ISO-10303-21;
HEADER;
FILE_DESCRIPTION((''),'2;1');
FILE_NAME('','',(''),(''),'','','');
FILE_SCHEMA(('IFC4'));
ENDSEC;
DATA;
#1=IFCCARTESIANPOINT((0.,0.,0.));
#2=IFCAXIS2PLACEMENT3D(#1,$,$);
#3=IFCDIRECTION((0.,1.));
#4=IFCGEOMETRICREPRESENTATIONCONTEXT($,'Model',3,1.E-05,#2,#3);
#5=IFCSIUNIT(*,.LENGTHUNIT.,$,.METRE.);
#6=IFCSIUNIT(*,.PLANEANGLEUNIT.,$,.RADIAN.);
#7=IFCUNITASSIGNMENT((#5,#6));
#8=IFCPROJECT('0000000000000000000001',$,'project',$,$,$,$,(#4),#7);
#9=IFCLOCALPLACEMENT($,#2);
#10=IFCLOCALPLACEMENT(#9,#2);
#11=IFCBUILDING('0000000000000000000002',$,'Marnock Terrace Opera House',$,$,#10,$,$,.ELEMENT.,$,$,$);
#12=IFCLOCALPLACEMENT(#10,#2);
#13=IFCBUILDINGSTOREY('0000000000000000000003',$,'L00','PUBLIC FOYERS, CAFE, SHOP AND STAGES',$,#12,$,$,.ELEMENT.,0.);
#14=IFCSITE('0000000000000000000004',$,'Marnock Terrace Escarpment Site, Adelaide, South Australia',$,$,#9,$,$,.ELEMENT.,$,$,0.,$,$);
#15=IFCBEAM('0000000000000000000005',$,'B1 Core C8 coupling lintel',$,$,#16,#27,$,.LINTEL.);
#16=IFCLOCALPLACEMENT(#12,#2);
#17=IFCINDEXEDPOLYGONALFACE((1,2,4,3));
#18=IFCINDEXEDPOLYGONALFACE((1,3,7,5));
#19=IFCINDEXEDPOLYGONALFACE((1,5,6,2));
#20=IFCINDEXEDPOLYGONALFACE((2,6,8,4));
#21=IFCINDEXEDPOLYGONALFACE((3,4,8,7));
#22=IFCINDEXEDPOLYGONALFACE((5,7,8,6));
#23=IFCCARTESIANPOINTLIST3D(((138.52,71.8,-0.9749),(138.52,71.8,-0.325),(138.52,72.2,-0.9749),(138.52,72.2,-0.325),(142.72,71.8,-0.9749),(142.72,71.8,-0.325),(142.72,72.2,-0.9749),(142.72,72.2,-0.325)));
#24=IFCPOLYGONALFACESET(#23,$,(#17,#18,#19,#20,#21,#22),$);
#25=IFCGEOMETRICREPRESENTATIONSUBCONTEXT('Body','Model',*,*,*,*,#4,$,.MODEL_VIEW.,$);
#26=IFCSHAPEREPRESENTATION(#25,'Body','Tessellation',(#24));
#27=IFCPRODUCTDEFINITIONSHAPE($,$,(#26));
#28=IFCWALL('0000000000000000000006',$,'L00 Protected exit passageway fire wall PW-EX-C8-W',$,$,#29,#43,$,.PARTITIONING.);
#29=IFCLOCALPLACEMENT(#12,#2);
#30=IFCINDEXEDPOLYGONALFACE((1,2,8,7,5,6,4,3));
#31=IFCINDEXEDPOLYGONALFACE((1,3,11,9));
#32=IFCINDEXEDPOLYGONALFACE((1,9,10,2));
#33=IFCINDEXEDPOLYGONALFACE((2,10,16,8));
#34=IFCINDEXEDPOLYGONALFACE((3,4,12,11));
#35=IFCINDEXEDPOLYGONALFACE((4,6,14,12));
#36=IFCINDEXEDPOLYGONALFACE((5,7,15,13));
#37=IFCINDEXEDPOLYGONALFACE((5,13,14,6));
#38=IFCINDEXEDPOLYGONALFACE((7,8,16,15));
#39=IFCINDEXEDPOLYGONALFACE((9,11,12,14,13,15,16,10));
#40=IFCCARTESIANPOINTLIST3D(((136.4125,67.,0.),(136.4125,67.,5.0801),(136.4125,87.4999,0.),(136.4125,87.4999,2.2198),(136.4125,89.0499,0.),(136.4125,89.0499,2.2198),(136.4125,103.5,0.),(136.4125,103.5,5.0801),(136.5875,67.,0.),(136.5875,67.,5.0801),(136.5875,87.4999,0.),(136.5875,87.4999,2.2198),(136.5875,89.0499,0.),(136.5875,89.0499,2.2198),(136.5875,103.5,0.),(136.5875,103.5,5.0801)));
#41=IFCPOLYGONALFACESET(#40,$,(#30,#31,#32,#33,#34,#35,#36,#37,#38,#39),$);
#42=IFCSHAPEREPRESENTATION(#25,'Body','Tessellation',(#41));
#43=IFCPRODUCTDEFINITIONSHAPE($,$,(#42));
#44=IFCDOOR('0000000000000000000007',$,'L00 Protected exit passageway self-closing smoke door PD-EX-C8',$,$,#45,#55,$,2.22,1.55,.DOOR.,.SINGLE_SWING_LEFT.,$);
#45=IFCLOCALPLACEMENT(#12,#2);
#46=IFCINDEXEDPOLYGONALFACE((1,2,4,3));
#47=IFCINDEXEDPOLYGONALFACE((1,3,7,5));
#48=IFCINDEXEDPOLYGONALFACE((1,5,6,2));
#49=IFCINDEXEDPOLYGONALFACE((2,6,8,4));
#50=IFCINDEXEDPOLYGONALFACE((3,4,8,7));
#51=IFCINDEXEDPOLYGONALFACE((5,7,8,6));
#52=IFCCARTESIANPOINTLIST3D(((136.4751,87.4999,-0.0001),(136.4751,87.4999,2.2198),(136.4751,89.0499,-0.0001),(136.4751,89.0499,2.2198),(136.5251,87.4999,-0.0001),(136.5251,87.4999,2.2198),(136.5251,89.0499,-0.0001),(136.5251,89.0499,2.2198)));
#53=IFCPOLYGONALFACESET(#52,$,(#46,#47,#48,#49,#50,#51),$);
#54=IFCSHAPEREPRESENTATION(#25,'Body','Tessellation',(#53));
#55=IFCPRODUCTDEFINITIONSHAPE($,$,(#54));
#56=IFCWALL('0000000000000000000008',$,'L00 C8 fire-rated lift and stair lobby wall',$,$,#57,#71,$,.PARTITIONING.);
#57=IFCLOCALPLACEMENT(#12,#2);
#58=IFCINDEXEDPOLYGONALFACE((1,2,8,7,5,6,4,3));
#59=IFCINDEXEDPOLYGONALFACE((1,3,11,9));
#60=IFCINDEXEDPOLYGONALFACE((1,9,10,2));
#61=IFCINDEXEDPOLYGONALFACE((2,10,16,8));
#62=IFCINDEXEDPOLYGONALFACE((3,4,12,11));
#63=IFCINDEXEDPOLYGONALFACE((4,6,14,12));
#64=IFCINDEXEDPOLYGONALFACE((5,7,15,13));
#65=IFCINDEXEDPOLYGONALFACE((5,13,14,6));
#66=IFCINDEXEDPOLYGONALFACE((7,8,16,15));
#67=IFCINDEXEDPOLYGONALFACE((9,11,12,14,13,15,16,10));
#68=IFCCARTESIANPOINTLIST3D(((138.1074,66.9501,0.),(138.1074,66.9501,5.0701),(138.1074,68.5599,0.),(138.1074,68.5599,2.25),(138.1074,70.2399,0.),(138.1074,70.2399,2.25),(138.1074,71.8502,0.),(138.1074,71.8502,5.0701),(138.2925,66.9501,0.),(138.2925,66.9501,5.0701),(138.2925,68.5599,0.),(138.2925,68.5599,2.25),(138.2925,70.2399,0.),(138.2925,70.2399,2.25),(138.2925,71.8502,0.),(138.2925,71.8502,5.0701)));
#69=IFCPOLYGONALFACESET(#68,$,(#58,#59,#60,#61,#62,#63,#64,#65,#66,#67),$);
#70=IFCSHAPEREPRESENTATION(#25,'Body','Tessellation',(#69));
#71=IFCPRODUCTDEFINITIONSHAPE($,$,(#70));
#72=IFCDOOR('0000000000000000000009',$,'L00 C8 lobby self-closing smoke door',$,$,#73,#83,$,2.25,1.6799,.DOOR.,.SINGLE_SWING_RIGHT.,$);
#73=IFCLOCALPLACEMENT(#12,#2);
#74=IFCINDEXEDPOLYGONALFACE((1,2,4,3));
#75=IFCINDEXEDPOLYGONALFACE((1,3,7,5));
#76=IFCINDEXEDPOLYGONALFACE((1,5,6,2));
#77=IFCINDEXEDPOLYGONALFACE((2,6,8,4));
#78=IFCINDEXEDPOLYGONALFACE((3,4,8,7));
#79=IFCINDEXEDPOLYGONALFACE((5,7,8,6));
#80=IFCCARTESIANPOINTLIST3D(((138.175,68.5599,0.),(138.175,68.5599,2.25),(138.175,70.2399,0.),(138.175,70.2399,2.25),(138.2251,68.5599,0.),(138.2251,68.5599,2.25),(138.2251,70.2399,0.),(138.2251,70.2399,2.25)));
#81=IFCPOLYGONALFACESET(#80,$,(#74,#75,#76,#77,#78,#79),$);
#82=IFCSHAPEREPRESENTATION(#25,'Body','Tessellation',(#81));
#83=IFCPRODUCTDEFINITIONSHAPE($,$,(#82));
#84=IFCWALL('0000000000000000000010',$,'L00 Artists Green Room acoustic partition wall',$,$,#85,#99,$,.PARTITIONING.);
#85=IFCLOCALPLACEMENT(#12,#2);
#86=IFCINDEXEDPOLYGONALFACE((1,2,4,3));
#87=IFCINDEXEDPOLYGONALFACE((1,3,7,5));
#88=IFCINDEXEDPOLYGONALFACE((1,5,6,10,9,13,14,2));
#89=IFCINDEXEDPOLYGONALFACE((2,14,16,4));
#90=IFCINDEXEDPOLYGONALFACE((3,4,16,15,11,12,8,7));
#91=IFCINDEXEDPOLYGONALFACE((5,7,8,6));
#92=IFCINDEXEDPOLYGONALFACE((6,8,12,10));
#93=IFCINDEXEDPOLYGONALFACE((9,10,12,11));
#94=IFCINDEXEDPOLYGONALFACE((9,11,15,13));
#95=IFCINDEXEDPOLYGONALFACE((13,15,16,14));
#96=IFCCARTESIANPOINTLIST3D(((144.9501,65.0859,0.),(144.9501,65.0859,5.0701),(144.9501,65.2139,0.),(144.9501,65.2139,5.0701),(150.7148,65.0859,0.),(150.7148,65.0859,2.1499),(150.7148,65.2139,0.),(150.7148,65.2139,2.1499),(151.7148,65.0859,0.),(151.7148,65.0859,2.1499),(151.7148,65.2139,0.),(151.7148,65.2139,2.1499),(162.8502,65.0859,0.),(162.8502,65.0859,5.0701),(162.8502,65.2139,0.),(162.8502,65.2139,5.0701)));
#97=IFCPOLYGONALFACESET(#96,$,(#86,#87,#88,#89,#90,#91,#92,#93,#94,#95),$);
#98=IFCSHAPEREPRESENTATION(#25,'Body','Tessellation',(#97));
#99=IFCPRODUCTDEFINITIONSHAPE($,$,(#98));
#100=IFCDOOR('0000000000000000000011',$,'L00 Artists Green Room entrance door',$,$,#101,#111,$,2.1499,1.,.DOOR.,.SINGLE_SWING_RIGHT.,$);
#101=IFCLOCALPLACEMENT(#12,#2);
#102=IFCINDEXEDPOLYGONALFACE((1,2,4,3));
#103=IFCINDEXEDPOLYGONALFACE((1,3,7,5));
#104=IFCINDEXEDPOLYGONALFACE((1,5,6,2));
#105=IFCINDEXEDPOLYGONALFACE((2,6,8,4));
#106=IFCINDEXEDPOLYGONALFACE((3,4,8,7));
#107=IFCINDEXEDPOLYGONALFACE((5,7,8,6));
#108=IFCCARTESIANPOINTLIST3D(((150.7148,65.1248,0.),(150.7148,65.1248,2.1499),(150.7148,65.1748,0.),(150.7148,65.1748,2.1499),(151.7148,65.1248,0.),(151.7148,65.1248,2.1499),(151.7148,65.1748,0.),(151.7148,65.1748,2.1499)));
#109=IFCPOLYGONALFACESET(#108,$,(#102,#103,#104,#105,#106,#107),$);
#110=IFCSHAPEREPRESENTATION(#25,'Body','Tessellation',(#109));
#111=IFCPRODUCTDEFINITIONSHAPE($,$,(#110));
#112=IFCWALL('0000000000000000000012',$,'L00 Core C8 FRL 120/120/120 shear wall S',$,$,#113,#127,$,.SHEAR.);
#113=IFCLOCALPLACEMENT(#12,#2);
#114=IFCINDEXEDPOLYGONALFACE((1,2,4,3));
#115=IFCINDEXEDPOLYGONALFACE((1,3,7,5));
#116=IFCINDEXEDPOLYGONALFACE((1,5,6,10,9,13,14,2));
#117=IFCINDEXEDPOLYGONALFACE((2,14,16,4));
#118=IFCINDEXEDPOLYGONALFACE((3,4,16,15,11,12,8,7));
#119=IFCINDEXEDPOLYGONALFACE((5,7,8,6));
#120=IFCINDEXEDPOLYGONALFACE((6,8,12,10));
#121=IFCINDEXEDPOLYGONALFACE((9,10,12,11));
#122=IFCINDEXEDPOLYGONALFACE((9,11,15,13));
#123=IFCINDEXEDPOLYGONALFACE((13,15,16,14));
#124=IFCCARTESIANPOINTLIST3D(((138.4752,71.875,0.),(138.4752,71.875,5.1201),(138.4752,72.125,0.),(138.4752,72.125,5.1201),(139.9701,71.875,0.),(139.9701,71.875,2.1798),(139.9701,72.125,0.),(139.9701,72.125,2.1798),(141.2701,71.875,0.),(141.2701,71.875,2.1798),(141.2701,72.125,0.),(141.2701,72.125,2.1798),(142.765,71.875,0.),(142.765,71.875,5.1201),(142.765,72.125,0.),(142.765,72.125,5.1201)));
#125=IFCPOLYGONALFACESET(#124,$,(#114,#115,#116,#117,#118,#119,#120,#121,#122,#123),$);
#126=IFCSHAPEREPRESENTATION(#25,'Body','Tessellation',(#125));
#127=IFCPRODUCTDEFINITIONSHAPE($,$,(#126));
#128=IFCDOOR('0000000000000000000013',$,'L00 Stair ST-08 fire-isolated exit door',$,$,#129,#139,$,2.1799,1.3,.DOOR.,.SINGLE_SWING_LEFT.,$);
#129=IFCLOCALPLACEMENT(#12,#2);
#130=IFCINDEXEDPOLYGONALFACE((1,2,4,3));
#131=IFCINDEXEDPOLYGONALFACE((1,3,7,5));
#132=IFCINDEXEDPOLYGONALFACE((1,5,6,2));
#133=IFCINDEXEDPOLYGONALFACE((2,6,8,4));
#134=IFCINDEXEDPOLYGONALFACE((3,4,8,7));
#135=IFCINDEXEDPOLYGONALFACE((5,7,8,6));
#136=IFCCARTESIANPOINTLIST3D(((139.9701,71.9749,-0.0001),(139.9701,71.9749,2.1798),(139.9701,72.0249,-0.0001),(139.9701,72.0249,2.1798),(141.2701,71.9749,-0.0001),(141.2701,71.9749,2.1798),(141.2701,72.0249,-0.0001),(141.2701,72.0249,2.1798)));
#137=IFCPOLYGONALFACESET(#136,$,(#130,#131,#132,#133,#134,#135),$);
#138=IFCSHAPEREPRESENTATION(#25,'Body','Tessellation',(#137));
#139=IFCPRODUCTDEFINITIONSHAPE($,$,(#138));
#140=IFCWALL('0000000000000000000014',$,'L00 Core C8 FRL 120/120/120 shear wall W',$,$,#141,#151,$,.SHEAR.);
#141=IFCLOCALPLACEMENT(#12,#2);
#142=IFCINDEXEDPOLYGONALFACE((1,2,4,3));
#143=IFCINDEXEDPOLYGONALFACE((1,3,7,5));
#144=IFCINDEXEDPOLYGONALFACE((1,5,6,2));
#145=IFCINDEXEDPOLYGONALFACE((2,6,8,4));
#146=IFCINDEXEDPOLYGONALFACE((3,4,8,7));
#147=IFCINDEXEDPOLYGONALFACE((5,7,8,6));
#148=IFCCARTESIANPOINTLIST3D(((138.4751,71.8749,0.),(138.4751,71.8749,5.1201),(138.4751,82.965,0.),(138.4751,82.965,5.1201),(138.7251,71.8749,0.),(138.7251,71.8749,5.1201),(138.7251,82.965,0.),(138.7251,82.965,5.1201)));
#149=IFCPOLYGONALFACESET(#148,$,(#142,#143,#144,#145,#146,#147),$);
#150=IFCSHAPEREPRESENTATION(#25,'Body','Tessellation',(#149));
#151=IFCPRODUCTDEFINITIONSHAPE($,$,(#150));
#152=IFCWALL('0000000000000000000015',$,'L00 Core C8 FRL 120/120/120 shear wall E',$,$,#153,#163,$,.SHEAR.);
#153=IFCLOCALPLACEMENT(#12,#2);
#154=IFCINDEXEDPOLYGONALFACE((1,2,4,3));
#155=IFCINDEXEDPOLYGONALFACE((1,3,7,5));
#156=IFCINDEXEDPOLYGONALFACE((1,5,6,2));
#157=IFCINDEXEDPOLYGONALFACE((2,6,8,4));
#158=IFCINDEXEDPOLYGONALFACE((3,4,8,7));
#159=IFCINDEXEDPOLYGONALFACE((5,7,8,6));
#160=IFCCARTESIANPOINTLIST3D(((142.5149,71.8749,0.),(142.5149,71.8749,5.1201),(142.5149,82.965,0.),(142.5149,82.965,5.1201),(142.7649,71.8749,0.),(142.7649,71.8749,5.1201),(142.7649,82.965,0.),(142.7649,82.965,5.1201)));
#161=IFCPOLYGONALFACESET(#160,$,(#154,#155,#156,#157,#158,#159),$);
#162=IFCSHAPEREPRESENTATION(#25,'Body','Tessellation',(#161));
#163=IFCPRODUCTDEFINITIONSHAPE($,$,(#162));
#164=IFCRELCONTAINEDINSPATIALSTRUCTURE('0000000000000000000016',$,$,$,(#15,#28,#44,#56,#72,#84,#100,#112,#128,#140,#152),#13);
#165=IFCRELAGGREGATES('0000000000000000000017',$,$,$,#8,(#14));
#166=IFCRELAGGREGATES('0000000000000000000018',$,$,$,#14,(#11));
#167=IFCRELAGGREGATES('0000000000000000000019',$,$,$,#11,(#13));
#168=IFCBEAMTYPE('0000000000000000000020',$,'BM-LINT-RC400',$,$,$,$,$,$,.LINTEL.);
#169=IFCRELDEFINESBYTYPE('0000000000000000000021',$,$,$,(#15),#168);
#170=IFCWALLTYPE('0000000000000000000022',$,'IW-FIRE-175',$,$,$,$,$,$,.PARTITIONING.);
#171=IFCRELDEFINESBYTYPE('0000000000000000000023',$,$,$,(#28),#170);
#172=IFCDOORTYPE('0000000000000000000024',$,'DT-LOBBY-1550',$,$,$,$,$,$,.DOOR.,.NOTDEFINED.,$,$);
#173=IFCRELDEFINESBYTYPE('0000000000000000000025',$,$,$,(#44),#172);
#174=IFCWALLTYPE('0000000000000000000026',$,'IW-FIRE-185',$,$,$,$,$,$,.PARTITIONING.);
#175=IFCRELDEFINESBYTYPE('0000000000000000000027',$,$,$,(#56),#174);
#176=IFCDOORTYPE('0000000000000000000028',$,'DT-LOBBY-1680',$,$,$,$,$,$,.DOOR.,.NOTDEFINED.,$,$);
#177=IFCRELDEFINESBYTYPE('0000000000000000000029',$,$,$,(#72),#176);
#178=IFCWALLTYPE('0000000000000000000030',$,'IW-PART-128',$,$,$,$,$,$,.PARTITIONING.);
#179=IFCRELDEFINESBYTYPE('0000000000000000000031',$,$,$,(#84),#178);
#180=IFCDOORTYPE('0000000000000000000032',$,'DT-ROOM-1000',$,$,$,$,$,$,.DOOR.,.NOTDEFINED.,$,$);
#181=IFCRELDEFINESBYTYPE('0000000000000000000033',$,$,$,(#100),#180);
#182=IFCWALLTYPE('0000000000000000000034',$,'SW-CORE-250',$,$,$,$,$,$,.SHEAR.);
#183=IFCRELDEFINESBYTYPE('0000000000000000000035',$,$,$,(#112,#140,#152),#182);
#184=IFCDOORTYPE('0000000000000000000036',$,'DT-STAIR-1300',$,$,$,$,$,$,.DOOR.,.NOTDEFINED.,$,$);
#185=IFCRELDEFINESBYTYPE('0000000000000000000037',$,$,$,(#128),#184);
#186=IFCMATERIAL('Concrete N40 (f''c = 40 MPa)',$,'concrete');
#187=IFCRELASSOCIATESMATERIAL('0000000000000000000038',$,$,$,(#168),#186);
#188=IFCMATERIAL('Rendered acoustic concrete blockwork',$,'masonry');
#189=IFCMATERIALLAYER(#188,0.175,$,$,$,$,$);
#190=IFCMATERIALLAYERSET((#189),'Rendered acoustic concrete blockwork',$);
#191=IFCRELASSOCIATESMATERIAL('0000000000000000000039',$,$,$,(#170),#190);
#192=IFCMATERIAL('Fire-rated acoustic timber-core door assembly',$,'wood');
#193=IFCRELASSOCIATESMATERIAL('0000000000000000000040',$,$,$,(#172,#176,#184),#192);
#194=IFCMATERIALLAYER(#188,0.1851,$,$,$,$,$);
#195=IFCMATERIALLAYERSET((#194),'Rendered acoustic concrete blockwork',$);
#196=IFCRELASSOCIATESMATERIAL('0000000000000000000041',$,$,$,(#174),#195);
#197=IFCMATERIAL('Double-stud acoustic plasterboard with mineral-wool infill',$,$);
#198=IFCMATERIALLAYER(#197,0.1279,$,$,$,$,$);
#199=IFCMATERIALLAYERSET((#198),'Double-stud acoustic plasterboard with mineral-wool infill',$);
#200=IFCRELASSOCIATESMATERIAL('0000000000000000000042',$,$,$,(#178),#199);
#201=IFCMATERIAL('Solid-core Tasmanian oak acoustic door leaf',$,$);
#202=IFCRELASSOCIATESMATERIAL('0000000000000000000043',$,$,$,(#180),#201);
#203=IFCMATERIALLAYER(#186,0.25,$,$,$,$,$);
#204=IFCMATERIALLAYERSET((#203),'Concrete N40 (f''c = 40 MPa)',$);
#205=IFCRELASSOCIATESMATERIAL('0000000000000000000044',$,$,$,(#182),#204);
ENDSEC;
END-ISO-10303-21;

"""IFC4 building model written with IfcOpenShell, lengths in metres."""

from ifc_helpers import new_model, si_unit, direction, frame, frame_2d, origin, origin_2d, place, context, subcontext, project, spatial, rectangle, extrude, material, layer, layer_set, material_profile, profile_set, type_object, element, fill, save


model = new_model("IFC4")

# Units and contexts
model_context = context("Model", 3, precision=1e-05, world=origin(), true_north=direction((0.0, 1.0)))
body_context = subcontext(model_context, "Body", "Model", "MODEL_VIEW")
ifc_project = project(units=[si_unit("LENGTHUNIT", "METRE"), si_unit("PLANEANGLEUNIT", "RADIAN")], contexts=[model_context])

# Site, building, storey
site_placement = place(None, origin())
site = spatial("IfcSite", under=ifc_project, at=site_placement, Name="Marnock Terrace Escarpment Site, Adelaide, South Australia", CompositionType="ELEMENT", RefElevation=0.0)
building_placement = place(site_placement, origin())
building = spatial("IfcBuilding", under=site, at=building_placement, Name="Marnock Terrace Opera House", CompositionType="ELEMENT")
storey_placement = place(building_placement, origin())
storey = spatial("IfcBuildingStorey", under=building, at=storey_placement, Name="L00", Description="PUBLIC FOYERS, CAFE, SHOP AND STAGES", CompositionType="ELEMENT", Elevation=0.0)

# Beam
ifc_material_1 = material(Name="Concrete N40 (f'c = 40 MPa)", Category="concrete")
ifc_material_profile_1 = material_profile(ifc_material_1, rectangle(XDim=0.3999, YDim=0.6499, at=origin_2d()))
ifc_profile_set_1 = profile_set([ifc_material_profile_1], Name="Concrete N40 (f'c = 40 MPa)")
beam_type_1 = type_object("IfcBeamType", Name="BM-LINT-RC400", PredefinedType="LINTEL", material=ifc_profile_set_1)
beam_1_placement = place(storey_placement, frame((138.52, 72.0, -0.6499), z_axis=(1.0, 0.0, 0.0), x_axis=(0.0, 1.0, 0.0)))
element("IfcBeam", 1, at=beam_1_placement, inside=storey, type_object=beam_type_1, Name="B1 Core C8 coupling lintel", PredefinedType="LINTEL", context=body_context, shape_type="SweptSolid", body=[
    extrude(rectangle(XDim=0.3999, YDim=0.6499, at=origin_2d()), origin(), (0.0, 0.0, 1.0), 4.2),
])

# Walls, openings, doors
ifc_material_2 = material(Name="Rendered acoustic concrete blockwork", Category="masonry")
ifc_layer_1 = layer(ifc_material_2, 0.175)
ifc_layer_set_1 = layer_set([ifc_layer_1], Name="Rendered acoustic concrete blockwork")
wall_type_1 = type_object("IfcWallType", Name="IW-FIRE-175", PredefinedType="PARTITIONING", material=ifc_layer_set_1)
wall_1_placement = place(storey_placement, frame((136.5, 67.0, 0.0), z_axis=(0.0, 0.0, 1.0), x_axis=(0.0, 1.0, 0.0)))
wall_1 = element("IfcWall", 2, at=wall_1_placement, inside=storey, type_object=wall_type_1, Name="L00 Protected exit passageway fire wall PW-EX-C8-W", PredefinedType="PARTITIONING", context=body_context, shape_type="SweptSolid", body=[
    extrude(rectangle(XDim=36.5, YDim=0.175, at=frame_2d((18.25, 0.0))), origin(), (0.0, 0.0, 1.0), 5.0801),
])
opening_1_placement = place(wall_1_placement, frame((20.5, 0.0, 0.0)))
opening_1 = element("IfcOpeningElement", 3, at=opening_1_placement, cuts=wall_1, PredefinedType="OPENING", context=body_context, shape_type="SweptSolid", body=[
    extrude(rectangle(XDim=1.55, YDim=2.22, at=frame_2d((0.7749, 1.1099))), frame((0.0, 0.0974, 0.0), z_axis=(0.0, -1.0, 0.0), x_axis=(1.0, 0.0, 0.0)), (0.0, 0.0, 1.0), 0.1951),
])
ifc_material_3 = material(Name="Fire-rated acoustic timber-core door assembly", Category="wood")
door_type_1 = type_object("IfcDoorType", Name="DT-LOBBY-1550", OperationType="NOTDEFINED", PredefinedType="DOOR", material=ifc_material_3)
door_1_placement = place(opening_1_placement, origin())
door_1 = element("IfcDoor", 4, at=door_1_placement, inside=storey, type_object=door_type_1, Name="L00 Protected exit passageway self-closing smoke door PD-EX-C8", OperationType="SINGLE_SWING_LEFT", OverallHeight=2.22, OverallWidth=1.55, PredefinedType="DOOR", context=body_context, shape_type="SweptSolid", body=[
    extrude(rectangle(XDim=1.55, YDim=2.22, at=frame_2d((0.7749, 1.1099))), frame((0.0, 0.0249, 0.0), z_axis=(0.0, -1.0, 0.0), x_axis=(1.0, 0.0, 0.0)), (0.0, 0.0, 1.0), 0.05),
])
fill(opening_1, door_1)
ifc_layer_2 = layer(ifc_material_2, 0.1851)
ifc_layer_set_2 = layer_set([ifc_layer_2], Name="Rendered acoustic concrete blockwork")
wall_type_2 = type_object("IfcWallType", Name="IW-FIRE-185", PredefinedType="PARTITIONING", material=ifc_layer_set_2)
wall_2_placement = place(storey_placement, frame((138.2, 66.95, 0.0), z_axis=(0.0, 0.0, 1.0), x_axis=(0.0, 1.0, 0.0)))
wall_2 = element("IfcWall", 5, at=wall_2_placement, inside=storey, type_object=wall_type_2, Name="L00 C8 fire-rated lift and stair lobby wall", PredefinedType="PARTITIONING", context=body_context, shape_type="SweptSolid", body=[
    extrude(rectangle(XDim=4.9001, YDim=0.1851, at=frame_2d((2.4502, 0.0))), origin(), (0.0, 0.0, 1.0), 5.0701),
])
opening_2_placement = place(wall_2_placement, frame((1.6101, 0.0, 0.0)))
opening_2 = element("IfcOpeningElement", 6, at=opening_2_placement, cuts=wall_2, PredefinedType="OPENING", context=body_context, shape_type="SweptSolid", body=[
    extrude(rectangle(XDim=1.6799, YDim=2.25, at=frame_2d((0.8398, 1.125))), frame((0.0, 0.1025, 0.0), z_axis=(0.0, -1.0, 0.0), x_axis=(1.0, 0.0, 0.0)), (0.0, 0.0, 1.0), 0.2051),
])
door_type_2 = type_object("IfcDoorType", Name="DT-LOBBY-1680", OperationType="NOTDEFINED", PredefinedType="DOOR", material=ifc_material_3)
door_2_placement = place(opening_2_placement, origin())
door_2 = element("IfcDoor", 7, at=door_2_placement, inside=storey, type_object=door_type_2, Name="L00 C8 lobby self-closing smoke door", OperationType="SINGLE_SWING_RIGHT", OverallHeight=2.25, OverallWidth=1.6799, PredefinedType="DOOR", context=body_context, shape_type="SweptSolid", body=[
    extrude(rectangle(XDim=1.6799, YDim=2.25, at=frame_2d((0.8398, 1.125))), frame((0.0, 0.0249, 0.0), z_axis=(0.0, -1.0, 0.0), x_axis=(1.0, 0.0, 0.0)), (0.0, 0.0, 1.0), 0.05),
])
fill(opening_2, door_2)
ifc_material_4 = material(Name="Double-stud acoustic plasterboard with mineral-wool infill")
ifc_layer_3 = layer(ifc_material_4, 0.1279)
ifc_layer_set_3 = layer_set([ifc_layer_3], Name="Double-stud acoustic plasterboard with mineral-wool infill")
wall_type_3 = type_object("IfcWallType", Name="IW-PART-128", PredefinedType="PARTITIONING", material=ifc_layer_set_3)
wall_3_placement = place(storey_placement, frame((144.95, 65.1499, 0.0), z_axis=(0.0, 0.0, 1.0), x_axis=(1.0, 0.0, 0.0)))
wall_3 = element("IfcWall", 8, at=wall_3_placement, inside=storey, type_object=wall_type_3, Name="L00 Artists Green Room acoustic partition wall", PredefinedType="PARTITIONING", context=body_context, shape_type="SweptSolid", body=[
    extrude(rectangle(XDim=17.9001, YDim=0.1279, at=frame_2d((8.9502, 0.0))), origin(), (0.0, 0.0, 1.0), 5.0701),
])
opening_3_placement = place(wall_3_placement, frame((5.7649, 0.0, 0.0)))
opening_3 = element("IfcOpeningElement", 9, at=opening_3_placement, cuts=wall_3, PredefinedType="OPENING", context=body_context, shape_type="SweptSolid", body=[
    extrude(rectangle(XDim=1.0, YDim=2.1499, at=frame_2d((0.5, 1.075))), frame((0.0, 0.074, 0.0), z_axis=(0.0, -1.0, 0.0), x_axis=(1.0, 0.0, 0.0)), (0.0, 0.0, 1.0), 0.1479),
])
ifc_material_5 = material(Name="Solid-core Tasmanian oak acoustic door leaf")
door_type_3 = type_object("IfcDoorType", Name="DT-ROOM-1000", OperationType="NOTDEFINED", PredefinedType="DOOR", material=ifc_material_5)
door_3_placement = place(opening_3_placement, origin())
door_3 = element("IfcDoor", 10, at=door_3_placement, inside=storey, type_object=door_type_3, Name="L00 Artists Green Room entrance door", OperationType="SINGLE_SWING_RIGHT", OverallHeight=2.1499, OverallWidth=1.0, PredefinedType="DOOR", context=body_context, shape_type="SweptSolid", body=[
    extrude(rectangle(XDim=1.0, YDim=2.1499, at=frame_2d((0.5, 1.075))), frame((0.0, 0.0249, 0.0), z_axis=(0.0, -1.0, 0.0), x_axis=(1.0, 0.0, 0.0)), (0.0, 0.0, 1.0), 0.05),
])
fill(opening_3, door_3)
ifc_layer_4 = layer(ifc_material_1, 0.25)
ifc_layer_set_4 = layer_set([ifc_layer_4], Name="Concrete N40 (f'c = 40 MPa)")
wall_type_4 = type_object("IfcWallType", Name="SW-CORE-250", PredefinedType="SHEAR", material=ifc_layer_set_4)
wall_4_placement = place(storey_placement, frame((138.4751, 72.0, 0.0), z_axis=(0.0, 0.0, 1.0), x_axis=(1.0, 0.0, 0.0)))
wall_4 = element("IfcWall", 11, at=wall_4_placement, inside=storey, type_object=wall_type_4, Name="L00 Core C8 FRL 120/120/120 shear wall S", PredefinedType="SHEAR", context=body_context, shape_type="SweptSolid", body=[
    extrude(rectangle(XDim=4.2898, YDim=0.25, at=frame_2d((2.145, 0.0))), origin(), (0.0, 0.0, 1.0), 5.1201),
])
opening_4_placement = place(wall_4_placement, frame((1.4951, 0.0, 0.0)))
opening_4 = element("IfcOpeningElement", 12, at=opening_4_placement, cuts=wall_4, PredefinedType="OPENING", context=body_context, shape_type="SweptSolid", body=[
    extrude(rectangle(XDim=1.3, YDim=2.1799, at=frame_2d((0.6499, 1.0898))), frame((0.0, 0.135, 0.0), z_axis=(0.0, -1.0, 0.0), x_axis=(1.0, 0.0, 0.0)), (0.0, 0.0, 1.0), 0.27),
])
door_type_4 = type_object("IfcDoorType", Name="DT-STAIR-1300", OperationType="NOTDEFINED", PredefinedType="DOOR", material=ifc_material_3)
door_4_placement = place(opening_4_placement, origin())
door_4 = element("IfcDoor", 13, at=door_4_placement, inside=storey, type_object=door_type_4, Name="L00 Stair ST-08 fire-isolated exit door", OperationType="SINGLE_SWING_LEFT", OverallHeight=2.1799, OverallWidth=1.3, PredefinedType="DOOR", context=body_context, shape_type="SweptSolid", body=[
    extrude(rectangle(XDim=1.3, YDim=2.1799, at=frame_2d((0.6499, 1.0898))), frame((0.0, 0.0249, 0.0), z_axis=(0.0, -1.0, 0.0), x_axis=(1.0, 0.0, 0.0)), (0.0, 0.0, 1.0), 0.05),
])
fill(opening_4, door_4)

# Walls
for number, where, z_axis, x_axis, name in (
    (14, (138.6001, 71.875, 0.0), (0.0, 0.0, 1.0), (0.0, 1.0, 0.0), "L00 Core C8 FRL 120/120/120 shear wall W"),
    (15, (142.6399, 71.875, 0.0), (0.0, 0.0, 1.0), (0.0, 1.0, 0.0), "L00 Core C8 FRL 120/120/120 shear wall E"),
):
    element("IfcWall", number, at=place(storey_placement, frame(where, z_axis=z_axis, x_axis=x_axis)), inside=storey, type_object=wall_type_4, Name=name, PredefinedType="SHEAR", context=body_context, shape_type="SweptSolid", body=[
        extrude(rectangle(XDim=11.0901, YDim=0.25, at=frame_2d((5.5449, 0.0))), origin(), (0.0, 0.0, 1.0), 5.1201),
    ])

save(model, "model.ifc")
